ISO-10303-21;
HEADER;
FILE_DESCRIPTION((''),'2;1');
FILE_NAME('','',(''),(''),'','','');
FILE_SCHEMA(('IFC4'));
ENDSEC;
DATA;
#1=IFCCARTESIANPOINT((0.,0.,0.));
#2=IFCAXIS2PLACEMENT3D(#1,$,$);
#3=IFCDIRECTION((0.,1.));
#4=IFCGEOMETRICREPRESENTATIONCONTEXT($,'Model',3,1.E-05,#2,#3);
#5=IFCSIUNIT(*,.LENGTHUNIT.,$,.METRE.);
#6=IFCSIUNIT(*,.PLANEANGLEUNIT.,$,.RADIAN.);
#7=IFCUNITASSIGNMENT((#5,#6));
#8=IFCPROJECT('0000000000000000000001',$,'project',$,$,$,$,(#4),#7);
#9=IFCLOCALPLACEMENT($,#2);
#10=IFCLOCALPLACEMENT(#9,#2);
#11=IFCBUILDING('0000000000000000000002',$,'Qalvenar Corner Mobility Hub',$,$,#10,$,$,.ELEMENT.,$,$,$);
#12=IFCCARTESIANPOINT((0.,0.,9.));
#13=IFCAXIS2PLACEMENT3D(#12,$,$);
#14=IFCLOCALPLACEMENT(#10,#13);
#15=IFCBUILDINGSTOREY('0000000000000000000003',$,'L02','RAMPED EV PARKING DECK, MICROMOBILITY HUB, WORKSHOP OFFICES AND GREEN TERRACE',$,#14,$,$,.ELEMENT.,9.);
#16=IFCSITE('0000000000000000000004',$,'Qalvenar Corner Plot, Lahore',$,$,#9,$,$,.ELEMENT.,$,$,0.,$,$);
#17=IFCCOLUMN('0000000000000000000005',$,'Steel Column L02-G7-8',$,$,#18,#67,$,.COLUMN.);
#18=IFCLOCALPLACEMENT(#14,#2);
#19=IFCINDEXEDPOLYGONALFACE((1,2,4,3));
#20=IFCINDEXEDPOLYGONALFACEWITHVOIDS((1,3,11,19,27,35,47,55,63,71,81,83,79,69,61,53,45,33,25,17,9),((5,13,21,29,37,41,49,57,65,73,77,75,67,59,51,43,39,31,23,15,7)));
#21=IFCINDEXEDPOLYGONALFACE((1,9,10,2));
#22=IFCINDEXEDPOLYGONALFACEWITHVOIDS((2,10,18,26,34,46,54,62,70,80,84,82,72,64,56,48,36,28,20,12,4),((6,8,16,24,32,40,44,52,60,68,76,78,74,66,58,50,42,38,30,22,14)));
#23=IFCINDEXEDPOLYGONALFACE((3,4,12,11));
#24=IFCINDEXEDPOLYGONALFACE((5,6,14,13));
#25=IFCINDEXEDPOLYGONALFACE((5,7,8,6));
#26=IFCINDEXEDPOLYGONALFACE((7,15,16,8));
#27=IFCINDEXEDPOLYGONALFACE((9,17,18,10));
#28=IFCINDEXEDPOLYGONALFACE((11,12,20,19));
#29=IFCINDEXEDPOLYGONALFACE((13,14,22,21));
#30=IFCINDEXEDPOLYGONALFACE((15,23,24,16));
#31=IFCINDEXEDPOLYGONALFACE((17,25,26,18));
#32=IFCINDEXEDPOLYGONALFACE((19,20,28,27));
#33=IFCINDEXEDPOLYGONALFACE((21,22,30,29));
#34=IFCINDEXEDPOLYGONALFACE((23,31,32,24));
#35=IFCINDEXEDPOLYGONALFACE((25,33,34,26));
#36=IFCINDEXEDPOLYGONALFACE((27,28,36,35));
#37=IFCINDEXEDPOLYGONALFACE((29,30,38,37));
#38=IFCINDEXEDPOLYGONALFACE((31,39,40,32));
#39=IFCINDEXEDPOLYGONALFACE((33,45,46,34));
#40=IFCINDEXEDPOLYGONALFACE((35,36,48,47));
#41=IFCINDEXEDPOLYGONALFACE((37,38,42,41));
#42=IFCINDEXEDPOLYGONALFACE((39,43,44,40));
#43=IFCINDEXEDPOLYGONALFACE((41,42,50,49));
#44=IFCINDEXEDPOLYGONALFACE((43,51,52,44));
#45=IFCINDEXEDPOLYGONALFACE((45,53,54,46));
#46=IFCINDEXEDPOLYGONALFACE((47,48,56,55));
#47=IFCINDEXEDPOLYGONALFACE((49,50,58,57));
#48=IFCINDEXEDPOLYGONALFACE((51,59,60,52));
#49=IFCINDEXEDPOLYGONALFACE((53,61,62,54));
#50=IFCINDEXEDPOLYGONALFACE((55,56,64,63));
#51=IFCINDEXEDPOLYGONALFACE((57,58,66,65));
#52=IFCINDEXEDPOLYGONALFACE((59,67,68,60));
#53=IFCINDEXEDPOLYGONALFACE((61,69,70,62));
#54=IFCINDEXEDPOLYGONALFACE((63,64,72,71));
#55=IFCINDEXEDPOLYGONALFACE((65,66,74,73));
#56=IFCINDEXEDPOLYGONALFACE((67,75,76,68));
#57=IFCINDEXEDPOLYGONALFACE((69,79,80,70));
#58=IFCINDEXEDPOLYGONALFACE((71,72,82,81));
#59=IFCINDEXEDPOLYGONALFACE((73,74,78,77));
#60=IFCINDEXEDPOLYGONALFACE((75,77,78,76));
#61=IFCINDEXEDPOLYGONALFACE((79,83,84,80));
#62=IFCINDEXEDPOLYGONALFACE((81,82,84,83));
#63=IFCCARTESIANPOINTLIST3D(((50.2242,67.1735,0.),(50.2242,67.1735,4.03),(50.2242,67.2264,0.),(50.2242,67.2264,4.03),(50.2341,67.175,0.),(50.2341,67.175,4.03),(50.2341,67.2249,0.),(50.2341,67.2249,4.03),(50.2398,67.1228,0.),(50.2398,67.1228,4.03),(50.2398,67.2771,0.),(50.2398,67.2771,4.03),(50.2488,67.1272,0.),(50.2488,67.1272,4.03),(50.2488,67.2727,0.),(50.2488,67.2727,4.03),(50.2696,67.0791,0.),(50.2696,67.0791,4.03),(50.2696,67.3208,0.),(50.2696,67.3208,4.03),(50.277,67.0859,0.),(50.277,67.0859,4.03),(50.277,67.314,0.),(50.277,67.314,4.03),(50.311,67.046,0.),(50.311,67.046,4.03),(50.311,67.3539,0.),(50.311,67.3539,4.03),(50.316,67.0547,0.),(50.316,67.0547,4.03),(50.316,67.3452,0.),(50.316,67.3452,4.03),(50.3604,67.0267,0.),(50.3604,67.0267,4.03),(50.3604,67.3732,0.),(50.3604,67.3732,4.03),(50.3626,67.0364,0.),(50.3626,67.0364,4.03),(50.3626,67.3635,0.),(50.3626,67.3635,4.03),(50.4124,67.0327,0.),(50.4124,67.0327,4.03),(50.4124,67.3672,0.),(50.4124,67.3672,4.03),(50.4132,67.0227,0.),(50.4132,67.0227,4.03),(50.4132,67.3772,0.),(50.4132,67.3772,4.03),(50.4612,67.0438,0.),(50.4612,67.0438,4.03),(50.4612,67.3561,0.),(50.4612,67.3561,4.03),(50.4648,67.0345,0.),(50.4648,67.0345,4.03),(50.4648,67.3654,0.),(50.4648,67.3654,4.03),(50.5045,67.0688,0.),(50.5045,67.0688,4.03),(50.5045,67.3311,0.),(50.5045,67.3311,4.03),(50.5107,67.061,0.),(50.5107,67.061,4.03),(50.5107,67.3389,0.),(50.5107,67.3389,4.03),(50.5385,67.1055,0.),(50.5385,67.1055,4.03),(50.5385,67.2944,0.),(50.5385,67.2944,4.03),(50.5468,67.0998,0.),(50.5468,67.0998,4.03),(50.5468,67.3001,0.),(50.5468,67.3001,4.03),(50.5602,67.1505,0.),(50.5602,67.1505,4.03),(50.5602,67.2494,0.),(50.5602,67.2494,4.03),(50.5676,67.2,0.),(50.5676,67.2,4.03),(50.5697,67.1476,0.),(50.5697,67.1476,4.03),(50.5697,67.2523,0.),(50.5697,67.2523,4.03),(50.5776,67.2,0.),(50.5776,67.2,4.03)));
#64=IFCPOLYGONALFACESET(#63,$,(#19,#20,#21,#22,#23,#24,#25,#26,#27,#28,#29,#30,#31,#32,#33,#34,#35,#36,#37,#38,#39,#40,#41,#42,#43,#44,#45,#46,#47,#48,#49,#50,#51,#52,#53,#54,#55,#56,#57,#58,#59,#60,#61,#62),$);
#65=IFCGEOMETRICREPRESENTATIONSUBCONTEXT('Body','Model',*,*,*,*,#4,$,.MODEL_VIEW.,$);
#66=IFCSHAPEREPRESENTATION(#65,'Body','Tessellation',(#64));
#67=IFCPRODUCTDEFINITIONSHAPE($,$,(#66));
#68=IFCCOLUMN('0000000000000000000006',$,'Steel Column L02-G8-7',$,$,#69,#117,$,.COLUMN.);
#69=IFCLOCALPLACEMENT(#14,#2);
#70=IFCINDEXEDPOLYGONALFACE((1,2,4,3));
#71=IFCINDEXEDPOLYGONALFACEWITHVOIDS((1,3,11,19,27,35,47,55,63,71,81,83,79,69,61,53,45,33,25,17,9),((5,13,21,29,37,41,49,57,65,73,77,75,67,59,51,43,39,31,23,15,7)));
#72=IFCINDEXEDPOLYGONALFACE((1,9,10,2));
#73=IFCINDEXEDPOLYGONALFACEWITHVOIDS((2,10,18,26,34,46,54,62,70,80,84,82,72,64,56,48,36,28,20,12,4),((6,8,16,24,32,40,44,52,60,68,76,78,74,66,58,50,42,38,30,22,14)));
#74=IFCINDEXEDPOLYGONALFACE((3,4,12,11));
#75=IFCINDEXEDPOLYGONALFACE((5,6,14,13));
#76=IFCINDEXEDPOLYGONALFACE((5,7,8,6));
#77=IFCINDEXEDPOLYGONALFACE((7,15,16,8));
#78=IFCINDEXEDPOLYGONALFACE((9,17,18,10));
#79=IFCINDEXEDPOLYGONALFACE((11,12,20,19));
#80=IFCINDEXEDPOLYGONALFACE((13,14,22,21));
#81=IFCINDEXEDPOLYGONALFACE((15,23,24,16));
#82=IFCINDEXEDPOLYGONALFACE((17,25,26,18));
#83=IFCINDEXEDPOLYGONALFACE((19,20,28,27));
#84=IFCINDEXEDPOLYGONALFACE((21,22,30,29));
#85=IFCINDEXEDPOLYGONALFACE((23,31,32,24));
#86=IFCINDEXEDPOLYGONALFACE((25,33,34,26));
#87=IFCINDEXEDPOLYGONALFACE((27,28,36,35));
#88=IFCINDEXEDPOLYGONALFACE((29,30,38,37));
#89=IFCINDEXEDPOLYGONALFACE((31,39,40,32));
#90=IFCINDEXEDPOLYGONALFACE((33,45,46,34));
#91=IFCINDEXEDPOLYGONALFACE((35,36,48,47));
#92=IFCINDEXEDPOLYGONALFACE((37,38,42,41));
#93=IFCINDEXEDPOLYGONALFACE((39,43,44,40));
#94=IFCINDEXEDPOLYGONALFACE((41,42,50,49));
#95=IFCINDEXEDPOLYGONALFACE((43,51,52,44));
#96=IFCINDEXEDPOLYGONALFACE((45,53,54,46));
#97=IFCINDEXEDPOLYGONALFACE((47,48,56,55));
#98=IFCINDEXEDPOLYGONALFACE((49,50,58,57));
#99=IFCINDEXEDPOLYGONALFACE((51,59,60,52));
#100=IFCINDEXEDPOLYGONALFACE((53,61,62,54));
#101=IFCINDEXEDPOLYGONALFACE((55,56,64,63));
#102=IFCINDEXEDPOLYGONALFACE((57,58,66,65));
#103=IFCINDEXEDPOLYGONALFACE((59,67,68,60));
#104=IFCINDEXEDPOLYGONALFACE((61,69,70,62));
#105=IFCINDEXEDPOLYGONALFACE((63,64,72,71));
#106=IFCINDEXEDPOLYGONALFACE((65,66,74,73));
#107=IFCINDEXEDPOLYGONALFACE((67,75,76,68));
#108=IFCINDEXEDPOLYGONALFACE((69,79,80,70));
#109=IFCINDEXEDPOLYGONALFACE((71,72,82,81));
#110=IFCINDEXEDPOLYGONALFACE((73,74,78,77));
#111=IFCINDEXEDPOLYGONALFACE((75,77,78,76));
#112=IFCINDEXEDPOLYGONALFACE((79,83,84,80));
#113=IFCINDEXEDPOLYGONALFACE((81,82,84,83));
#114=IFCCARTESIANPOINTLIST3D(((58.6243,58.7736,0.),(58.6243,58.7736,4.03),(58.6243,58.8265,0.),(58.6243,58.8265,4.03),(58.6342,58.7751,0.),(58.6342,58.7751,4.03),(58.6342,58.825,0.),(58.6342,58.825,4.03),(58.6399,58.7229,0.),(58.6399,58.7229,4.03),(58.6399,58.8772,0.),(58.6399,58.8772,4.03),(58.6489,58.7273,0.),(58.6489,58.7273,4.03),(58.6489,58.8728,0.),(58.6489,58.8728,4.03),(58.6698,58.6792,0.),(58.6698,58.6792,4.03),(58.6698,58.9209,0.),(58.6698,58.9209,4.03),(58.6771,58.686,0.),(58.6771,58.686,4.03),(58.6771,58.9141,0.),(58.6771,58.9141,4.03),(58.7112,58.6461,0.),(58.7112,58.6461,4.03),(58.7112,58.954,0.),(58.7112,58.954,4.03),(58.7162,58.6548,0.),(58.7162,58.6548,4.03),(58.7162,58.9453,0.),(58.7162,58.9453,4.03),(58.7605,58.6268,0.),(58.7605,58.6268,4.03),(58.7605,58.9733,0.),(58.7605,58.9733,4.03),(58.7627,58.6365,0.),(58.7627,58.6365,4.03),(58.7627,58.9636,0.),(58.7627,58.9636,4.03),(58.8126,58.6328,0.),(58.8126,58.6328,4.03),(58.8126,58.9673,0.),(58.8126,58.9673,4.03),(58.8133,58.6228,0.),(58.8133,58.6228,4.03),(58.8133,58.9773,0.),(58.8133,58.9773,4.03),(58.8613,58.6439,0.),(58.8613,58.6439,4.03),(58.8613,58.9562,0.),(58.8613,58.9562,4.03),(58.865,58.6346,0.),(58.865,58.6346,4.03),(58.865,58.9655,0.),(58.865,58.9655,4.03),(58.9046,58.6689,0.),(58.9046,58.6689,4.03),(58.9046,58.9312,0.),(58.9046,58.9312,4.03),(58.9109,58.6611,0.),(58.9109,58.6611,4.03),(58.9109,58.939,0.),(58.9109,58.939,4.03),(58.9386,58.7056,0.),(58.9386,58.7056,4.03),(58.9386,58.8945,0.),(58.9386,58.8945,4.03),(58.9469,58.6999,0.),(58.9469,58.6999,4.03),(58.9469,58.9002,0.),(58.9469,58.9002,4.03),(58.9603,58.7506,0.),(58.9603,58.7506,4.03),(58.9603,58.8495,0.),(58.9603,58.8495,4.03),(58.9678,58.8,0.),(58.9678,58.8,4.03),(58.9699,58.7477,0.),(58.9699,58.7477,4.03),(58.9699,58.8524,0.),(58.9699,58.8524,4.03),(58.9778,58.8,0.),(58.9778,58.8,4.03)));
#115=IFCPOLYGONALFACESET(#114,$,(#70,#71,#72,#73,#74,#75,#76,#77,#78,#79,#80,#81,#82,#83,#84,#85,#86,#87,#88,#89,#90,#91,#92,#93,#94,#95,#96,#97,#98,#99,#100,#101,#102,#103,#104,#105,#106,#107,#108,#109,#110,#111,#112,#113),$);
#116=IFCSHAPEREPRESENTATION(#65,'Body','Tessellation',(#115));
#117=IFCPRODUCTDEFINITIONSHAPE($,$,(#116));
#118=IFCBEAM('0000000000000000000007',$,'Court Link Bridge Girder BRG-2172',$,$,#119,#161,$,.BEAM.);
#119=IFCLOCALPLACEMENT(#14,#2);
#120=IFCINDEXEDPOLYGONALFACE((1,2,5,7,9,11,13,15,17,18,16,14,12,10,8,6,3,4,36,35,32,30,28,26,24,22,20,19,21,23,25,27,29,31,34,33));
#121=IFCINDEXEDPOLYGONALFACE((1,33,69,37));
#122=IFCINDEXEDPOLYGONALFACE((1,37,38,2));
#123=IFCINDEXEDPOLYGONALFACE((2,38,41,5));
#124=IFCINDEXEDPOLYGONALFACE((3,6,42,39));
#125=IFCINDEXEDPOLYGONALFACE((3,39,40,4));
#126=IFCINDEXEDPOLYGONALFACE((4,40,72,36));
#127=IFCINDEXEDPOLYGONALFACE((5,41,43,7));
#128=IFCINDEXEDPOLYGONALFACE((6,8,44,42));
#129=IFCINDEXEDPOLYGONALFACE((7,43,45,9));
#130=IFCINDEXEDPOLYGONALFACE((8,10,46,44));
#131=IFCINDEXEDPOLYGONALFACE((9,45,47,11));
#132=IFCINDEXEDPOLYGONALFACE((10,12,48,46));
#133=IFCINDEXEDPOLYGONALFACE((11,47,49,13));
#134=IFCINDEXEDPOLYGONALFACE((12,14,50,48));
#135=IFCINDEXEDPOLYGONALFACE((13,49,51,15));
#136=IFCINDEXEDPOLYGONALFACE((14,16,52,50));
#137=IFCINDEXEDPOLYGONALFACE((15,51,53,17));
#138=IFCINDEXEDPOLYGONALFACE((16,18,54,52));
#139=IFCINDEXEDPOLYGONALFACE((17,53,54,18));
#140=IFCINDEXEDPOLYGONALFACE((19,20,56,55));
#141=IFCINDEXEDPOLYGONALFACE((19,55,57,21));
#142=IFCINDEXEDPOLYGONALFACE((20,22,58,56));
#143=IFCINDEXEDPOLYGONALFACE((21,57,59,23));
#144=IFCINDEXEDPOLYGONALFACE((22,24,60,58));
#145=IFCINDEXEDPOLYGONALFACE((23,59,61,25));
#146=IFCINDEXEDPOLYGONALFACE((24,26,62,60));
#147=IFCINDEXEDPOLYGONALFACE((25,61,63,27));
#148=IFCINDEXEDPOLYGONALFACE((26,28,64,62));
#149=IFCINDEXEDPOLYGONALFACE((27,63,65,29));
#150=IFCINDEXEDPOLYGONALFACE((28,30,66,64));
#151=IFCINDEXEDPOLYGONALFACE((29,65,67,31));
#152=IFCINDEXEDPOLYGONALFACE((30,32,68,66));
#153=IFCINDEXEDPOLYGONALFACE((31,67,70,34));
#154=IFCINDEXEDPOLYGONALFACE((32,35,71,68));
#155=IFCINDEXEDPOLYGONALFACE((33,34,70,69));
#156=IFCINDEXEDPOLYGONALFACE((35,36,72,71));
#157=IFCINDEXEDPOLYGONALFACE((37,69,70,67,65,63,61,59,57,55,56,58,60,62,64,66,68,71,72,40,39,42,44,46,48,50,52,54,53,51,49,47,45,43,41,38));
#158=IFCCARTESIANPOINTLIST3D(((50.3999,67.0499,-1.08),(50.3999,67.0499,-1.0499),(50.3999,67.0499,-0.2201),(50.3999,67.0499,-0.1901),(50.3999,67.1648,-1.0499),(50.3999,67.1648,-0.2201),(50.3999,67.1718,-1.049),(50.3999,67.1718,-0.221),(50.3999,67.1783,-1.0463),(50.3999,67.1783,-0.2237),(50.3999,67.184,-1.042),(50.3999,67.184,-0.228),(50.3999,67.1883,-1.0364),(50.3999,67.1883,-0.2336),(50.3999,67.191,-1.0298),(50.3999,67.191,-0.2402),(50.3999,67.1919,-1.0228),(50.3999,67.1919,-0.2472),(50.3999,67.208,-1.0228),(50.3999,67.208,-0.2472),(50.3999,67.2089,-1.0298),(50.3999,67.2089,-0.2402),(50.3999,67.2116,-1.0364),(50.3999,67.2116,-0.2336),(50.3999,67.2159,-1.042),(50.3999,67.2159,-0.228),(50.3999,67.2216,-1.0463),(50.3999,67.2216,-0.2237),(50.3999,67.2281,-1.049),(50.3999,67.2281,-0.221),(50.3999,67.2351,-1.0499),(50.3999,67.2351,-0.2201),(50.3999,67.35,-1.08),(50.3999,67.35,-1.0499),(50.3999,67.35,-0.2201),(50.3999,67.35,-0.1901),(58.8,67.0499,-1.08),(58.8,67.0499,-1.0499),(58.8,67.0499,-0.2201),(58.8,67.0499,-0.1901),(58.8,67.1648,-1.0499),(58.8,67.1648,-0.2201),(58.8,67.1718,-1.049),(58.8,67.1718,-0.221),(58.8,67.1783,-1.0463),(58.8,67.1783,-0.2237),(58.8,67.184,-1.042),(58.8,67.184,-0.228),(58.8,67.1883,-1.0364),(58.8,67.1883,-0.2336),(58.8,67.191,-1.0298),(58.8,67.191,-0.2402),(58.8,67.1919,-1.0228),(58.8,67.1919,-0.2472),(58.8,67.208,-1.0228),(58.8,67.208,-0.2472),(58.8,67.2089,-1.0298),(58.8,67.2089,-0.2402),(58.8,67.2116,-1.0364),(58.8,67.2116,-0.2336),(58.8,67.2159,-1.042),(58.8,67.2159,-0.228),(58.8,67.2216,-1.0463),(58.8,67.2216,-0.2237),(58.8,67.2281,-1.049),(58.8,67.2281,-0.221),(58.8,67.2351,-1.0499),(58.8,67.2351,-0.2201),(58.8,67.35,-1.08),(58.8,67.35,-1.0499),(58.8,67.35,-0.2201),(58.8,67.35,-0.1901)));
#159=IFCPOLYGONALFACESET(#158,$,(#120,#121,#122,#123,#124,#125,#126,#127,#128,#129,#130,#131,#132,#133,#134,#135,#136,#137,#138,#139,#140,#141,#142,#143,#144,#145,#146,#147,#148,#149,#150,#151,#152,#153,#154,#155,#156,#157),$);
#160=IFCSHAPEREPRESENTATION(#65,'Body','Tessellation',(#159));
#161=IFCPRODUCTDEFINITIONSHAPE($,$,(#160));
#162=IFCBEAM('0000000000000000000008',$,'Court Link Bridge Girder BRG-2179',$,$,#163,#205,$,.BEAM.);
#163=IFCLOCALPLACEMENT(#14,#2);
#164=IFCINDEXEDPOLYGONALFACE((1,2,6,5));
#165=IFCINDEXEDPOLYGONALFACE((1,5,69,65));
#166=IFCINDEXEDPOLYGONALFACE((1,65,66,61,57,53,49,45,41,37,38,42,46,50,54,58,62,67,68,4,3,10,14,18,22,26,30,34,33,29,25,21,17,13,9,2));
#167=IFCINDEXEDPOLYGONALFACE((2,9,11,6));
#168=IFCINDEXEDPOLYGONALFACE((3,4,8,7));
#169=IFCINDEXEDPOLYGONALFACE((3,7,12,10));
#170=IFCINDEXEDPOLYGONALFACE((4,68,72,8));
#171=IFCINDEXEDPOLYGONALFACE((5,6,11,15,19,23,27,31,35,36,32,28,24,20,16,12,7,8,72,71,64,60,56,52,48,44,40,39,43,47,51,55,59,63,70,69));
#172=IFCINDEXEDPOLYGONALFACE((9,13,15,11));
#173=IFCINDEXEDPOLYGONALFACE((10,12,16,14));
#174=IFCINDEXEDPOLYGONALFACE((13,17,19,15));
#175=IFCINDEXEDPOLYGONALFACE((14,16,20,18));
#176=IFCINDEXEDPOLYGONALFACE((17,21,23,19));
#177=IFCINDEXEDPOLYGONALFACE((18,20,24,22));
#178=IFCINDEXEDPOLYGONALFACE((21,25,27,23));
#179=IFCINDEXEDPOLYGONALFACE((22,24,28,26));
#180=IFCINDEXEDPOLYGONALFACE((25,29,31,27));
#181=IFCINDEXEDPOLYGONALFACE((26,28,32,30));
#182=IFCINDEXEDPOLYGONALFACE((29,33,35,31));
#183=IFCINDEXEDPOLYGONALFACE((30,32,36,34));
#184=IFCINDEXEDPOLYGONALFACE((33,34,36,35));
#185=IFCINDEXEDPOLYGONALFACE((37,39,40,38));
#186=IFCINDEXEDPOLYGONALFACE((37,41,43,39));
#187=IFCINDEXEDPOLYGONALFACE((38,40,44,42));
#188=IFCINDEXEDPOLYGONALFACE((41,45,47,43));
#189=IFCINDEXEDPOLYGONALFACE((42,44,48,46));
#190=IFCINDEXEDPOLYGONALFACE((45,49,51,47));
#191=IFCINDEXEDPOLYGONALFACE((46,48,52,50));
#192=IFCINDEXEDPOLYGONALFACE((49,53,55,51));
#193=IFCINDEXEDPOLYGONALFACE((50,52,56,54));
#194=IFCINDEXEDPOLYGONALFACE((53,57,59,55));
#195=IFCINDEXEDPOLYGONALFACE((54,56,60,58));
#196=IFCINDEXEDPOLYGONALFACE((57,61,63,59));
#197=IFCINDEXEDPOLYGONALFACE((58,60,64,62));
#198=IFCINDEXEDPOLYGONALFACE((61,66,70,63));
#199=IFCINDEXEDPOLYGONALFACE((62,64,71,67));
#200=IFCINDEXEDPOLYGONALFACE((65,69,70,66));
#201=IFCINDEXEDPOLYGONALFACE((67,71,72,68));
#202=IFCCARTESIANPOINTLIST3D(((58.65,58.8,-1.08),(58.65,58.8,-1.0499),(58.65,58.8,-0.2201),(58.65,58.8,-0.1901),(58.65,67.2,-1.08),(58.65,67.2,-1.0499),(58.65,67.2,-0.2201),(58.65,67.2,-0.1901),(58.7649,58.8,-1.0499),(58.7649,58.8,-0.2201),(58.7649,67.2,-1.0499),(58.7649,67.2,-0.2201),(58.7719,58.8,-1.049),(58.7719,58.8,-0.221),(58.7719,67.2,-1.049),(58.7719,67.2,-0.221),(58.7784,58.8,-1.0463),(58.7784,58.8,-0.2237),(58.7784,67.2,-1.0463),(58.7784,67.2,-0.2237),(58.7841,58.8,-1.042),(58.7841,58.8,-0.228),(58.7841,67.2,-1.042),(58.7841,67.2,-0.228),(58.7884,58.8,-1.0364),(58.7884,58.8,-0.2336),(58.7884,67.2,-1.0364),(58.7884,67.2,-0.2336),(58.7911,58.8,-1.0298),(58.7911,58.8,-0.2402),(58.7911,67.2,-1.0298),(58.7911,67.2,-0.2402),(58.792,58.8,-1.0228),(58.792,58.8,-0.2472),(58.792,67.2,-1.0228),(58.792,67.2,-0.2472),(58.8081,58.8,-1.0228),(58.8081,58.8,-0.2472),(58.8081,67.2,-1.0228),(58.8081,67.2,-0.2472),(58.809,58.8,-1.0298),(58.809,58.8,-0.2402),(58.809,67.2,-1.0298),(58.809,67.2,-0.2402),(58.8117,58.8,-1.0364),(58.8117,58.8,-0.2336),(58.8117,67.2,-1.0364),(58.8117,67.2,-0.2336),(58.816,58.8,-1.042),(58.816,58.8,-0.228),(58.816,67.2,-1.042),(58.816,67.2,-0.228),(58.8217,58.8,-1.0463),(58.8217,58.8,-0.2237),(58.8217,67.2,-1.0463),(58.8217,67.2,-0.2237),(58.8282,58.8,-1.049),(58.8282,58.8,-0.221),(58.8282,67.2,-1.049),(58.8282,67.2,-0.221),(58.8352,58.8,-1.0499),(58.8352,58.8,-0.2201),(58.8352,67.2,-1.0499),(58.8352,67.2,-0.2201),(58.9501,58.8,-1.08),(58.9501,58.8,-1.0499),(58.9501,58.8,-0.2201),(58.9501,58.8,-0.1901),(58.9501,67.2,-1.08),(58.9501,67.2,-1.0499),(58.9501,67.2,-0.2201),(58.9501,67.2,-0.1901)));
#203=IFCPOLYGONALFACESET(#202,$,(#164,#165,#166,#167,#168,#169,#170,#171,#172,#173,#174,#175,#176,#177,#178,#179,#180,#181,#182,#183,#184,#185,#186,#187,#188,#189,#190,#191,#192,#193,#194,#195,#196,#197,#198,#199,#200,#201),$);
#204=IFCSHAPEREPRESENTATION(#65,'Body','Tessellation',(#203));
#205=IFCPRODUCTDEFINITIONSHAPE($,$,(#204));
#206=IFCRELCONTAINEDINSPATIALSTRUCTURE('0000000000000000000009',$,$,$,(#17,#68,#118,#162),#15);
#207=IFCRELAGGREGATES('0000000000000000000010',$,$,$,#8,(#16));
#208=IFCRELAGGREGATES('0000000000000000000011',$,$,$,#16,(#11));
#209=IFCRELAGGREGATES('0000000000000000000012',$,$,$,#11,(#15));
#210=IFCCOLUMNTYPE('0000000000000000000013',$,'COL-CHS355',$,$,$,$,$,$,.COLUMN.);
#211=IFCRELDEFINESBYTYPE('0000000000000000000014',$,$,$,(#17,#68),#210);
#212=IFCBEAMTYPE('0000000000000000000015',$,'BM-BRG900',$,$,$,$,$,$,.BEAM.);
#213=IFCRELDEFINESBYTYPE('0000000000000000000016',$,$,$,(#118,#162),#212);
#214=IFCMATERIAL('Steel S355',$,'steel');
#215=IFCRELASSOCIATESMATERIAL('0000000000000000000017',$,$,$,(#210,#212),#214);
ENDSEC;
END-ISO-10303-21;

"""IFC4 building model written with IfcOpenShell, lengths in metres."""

from ifc_helpers import new_model, si_unit, direction, frame, origin, origin_2d, place, context, subcontext, project, spatial, hollow_circle, i_section, extrude, material, material_profile, profile_set, type_object, element, save


model = new_model("IFC4")

# Units and contexts
model_context = context("Model", 3, precision=1e-05, world=origin(), true_north=direction((0.0, 1.0)))
body_context = subcontext(model_context, "Body", "Model", "MODEL_VIEW")
ifc_project = project(units=[si_unit("LENGTHUNIT", "METRE"), si_unit("PLANEANGLEUNIT", "RADIAN")], contexts=[model_context])

# Site, building, storey
site_placement = place(None, origin())
site = spatial("IfcSite", under=ifc_project, at=site_placement, Name="Qalvenar Corner Plot, Lahore", CompositionType="ELEMENT", RefElevation=0.0)
building_placement = place(site_placement, origin())
building = spatial("IfcBuilding", under=site, at=building_placement, Name="Qalvenar Corner Mobility Hub", CompositionType="ELEMENT")
storey_placement = place(building_placement, frame((0.0, 0.0, 9.0)))
storey = spatial("IfcBuildingStorey", under=building, at=storey_placement, Name="L02", Description="RAMPED EV PARKING DECK, MICROMOBILITY HUB, WORKSHOP OFFICES AND GREEN TERRACE", CompositionType="ELEMENT", Elevation=9.0)

# Columns
ifc_material_1 = material(Name="Steel S355", Category="steel")
ifc_material_profile_1 = material_profile(ifc_material_1, hollow_circle(Radius=0.1777, WallThickness=0.01, at=origin_2d()), Name="CHS355.6x10")
ifc_profile_set_1 = profile_set([ifc_material_profile_1], Name="Steel S355")
column_type = type_object("IfcColumnType", Name="COL-CHS355", PredefinedType="COLUMN", material=ifc_profile_set_1)
for number, where, z_axis, x_axis, name in (
    (1, (50.3999, 67.2, 0.0), (0.0, 0.0, 1.0), (1.0, 0.0, 0.0), "Steel Column L02-G7-8"),
    (2, (58.8, 58.8, 0.0), (0.0, 0.0, 1.0), (1.0, 0.0, 0.0), "Steel Column L02-G8-7"),
):
    element("IfcColumn", number, at=place(storey_placement, frame(where, z_axis=z_axis, x_axis=x_axis)), inside=storey, type_object=column_type, Name=name, PredefinedType="COLUMN", context=body_context, shape_type="SweptSolid", body=[
        extrude(hollow_circle(Radius=0.1777, WallThickness=0.01, at=origin_2d()), origin(), (0.0, 0.0, 1.0), 4.03),
    ])

# Beams
ifc_material_profile_2 = material_profile(ifc_material_1, i_section(OverallWidth=0.3, OverallDepth=0.8899, WebThickness=0.0161, FlangeThickness=0.03, FilletRadius=0.0271, at=origin_2d()), Name="HEA900")
ifc_profile_set_2 = profile_set([ifc_material_profile_2], Name="Steel S355")
beam_type_1 = type_object("IfcBeamType", Name="BM-BRG900", PredefinedType="BEAM", material=ifc_profile_set_2)
beam_1_placement = place(storey_placement, frame((50.3999, 67.2, -0.635), z_axis=(1.0, 0.0, 0.0), x_axis=(0.0, 1.0, 0.0)))
element("IfcBeam", 3, at=beam_1_placement, inside=storey, type_object=beam_type_1, Name="Court Link Bridge Girder BRG-2172", PredefinedType="BEAM", context=body_context, shape_type="SweptSolid", body=[
    extrude(i_section(OverallWidth=0.3, OverallDepth=0.8899, WebThickness=0.0161, FlangeThickness=0.03, FilletRadius=0.0271, at=origin_2d()), origin(), (0.0, 0.0, 1.0), 8.4001),
])
beam_2_placement = place(storey_placement, frame((58.8, 58.8, -0.635), z_axis=(0.0, 1.0, 0.0), x_axis=(-1.0, 0.0, 0.0)))
element("IfcBeam", 4, at=beam_2_placement, inside=storey, type_object=beam_type_1, Name="Court Link Bridge Girder BRG-2179", PredefinedType="BEAM", context=body_context, shape_type="SweptSolid", body=[
    extrude(i_section(OverallWidth=0.3, OverallDepth=0.8899, WebThickness=0.0161, FlangeThickness=0.03, FilletRadius=0.0271, at=origin_2d()), origin(), (0.0, 0.0, 1.0), 8.3999),
])

save(model, "model.ifc")
